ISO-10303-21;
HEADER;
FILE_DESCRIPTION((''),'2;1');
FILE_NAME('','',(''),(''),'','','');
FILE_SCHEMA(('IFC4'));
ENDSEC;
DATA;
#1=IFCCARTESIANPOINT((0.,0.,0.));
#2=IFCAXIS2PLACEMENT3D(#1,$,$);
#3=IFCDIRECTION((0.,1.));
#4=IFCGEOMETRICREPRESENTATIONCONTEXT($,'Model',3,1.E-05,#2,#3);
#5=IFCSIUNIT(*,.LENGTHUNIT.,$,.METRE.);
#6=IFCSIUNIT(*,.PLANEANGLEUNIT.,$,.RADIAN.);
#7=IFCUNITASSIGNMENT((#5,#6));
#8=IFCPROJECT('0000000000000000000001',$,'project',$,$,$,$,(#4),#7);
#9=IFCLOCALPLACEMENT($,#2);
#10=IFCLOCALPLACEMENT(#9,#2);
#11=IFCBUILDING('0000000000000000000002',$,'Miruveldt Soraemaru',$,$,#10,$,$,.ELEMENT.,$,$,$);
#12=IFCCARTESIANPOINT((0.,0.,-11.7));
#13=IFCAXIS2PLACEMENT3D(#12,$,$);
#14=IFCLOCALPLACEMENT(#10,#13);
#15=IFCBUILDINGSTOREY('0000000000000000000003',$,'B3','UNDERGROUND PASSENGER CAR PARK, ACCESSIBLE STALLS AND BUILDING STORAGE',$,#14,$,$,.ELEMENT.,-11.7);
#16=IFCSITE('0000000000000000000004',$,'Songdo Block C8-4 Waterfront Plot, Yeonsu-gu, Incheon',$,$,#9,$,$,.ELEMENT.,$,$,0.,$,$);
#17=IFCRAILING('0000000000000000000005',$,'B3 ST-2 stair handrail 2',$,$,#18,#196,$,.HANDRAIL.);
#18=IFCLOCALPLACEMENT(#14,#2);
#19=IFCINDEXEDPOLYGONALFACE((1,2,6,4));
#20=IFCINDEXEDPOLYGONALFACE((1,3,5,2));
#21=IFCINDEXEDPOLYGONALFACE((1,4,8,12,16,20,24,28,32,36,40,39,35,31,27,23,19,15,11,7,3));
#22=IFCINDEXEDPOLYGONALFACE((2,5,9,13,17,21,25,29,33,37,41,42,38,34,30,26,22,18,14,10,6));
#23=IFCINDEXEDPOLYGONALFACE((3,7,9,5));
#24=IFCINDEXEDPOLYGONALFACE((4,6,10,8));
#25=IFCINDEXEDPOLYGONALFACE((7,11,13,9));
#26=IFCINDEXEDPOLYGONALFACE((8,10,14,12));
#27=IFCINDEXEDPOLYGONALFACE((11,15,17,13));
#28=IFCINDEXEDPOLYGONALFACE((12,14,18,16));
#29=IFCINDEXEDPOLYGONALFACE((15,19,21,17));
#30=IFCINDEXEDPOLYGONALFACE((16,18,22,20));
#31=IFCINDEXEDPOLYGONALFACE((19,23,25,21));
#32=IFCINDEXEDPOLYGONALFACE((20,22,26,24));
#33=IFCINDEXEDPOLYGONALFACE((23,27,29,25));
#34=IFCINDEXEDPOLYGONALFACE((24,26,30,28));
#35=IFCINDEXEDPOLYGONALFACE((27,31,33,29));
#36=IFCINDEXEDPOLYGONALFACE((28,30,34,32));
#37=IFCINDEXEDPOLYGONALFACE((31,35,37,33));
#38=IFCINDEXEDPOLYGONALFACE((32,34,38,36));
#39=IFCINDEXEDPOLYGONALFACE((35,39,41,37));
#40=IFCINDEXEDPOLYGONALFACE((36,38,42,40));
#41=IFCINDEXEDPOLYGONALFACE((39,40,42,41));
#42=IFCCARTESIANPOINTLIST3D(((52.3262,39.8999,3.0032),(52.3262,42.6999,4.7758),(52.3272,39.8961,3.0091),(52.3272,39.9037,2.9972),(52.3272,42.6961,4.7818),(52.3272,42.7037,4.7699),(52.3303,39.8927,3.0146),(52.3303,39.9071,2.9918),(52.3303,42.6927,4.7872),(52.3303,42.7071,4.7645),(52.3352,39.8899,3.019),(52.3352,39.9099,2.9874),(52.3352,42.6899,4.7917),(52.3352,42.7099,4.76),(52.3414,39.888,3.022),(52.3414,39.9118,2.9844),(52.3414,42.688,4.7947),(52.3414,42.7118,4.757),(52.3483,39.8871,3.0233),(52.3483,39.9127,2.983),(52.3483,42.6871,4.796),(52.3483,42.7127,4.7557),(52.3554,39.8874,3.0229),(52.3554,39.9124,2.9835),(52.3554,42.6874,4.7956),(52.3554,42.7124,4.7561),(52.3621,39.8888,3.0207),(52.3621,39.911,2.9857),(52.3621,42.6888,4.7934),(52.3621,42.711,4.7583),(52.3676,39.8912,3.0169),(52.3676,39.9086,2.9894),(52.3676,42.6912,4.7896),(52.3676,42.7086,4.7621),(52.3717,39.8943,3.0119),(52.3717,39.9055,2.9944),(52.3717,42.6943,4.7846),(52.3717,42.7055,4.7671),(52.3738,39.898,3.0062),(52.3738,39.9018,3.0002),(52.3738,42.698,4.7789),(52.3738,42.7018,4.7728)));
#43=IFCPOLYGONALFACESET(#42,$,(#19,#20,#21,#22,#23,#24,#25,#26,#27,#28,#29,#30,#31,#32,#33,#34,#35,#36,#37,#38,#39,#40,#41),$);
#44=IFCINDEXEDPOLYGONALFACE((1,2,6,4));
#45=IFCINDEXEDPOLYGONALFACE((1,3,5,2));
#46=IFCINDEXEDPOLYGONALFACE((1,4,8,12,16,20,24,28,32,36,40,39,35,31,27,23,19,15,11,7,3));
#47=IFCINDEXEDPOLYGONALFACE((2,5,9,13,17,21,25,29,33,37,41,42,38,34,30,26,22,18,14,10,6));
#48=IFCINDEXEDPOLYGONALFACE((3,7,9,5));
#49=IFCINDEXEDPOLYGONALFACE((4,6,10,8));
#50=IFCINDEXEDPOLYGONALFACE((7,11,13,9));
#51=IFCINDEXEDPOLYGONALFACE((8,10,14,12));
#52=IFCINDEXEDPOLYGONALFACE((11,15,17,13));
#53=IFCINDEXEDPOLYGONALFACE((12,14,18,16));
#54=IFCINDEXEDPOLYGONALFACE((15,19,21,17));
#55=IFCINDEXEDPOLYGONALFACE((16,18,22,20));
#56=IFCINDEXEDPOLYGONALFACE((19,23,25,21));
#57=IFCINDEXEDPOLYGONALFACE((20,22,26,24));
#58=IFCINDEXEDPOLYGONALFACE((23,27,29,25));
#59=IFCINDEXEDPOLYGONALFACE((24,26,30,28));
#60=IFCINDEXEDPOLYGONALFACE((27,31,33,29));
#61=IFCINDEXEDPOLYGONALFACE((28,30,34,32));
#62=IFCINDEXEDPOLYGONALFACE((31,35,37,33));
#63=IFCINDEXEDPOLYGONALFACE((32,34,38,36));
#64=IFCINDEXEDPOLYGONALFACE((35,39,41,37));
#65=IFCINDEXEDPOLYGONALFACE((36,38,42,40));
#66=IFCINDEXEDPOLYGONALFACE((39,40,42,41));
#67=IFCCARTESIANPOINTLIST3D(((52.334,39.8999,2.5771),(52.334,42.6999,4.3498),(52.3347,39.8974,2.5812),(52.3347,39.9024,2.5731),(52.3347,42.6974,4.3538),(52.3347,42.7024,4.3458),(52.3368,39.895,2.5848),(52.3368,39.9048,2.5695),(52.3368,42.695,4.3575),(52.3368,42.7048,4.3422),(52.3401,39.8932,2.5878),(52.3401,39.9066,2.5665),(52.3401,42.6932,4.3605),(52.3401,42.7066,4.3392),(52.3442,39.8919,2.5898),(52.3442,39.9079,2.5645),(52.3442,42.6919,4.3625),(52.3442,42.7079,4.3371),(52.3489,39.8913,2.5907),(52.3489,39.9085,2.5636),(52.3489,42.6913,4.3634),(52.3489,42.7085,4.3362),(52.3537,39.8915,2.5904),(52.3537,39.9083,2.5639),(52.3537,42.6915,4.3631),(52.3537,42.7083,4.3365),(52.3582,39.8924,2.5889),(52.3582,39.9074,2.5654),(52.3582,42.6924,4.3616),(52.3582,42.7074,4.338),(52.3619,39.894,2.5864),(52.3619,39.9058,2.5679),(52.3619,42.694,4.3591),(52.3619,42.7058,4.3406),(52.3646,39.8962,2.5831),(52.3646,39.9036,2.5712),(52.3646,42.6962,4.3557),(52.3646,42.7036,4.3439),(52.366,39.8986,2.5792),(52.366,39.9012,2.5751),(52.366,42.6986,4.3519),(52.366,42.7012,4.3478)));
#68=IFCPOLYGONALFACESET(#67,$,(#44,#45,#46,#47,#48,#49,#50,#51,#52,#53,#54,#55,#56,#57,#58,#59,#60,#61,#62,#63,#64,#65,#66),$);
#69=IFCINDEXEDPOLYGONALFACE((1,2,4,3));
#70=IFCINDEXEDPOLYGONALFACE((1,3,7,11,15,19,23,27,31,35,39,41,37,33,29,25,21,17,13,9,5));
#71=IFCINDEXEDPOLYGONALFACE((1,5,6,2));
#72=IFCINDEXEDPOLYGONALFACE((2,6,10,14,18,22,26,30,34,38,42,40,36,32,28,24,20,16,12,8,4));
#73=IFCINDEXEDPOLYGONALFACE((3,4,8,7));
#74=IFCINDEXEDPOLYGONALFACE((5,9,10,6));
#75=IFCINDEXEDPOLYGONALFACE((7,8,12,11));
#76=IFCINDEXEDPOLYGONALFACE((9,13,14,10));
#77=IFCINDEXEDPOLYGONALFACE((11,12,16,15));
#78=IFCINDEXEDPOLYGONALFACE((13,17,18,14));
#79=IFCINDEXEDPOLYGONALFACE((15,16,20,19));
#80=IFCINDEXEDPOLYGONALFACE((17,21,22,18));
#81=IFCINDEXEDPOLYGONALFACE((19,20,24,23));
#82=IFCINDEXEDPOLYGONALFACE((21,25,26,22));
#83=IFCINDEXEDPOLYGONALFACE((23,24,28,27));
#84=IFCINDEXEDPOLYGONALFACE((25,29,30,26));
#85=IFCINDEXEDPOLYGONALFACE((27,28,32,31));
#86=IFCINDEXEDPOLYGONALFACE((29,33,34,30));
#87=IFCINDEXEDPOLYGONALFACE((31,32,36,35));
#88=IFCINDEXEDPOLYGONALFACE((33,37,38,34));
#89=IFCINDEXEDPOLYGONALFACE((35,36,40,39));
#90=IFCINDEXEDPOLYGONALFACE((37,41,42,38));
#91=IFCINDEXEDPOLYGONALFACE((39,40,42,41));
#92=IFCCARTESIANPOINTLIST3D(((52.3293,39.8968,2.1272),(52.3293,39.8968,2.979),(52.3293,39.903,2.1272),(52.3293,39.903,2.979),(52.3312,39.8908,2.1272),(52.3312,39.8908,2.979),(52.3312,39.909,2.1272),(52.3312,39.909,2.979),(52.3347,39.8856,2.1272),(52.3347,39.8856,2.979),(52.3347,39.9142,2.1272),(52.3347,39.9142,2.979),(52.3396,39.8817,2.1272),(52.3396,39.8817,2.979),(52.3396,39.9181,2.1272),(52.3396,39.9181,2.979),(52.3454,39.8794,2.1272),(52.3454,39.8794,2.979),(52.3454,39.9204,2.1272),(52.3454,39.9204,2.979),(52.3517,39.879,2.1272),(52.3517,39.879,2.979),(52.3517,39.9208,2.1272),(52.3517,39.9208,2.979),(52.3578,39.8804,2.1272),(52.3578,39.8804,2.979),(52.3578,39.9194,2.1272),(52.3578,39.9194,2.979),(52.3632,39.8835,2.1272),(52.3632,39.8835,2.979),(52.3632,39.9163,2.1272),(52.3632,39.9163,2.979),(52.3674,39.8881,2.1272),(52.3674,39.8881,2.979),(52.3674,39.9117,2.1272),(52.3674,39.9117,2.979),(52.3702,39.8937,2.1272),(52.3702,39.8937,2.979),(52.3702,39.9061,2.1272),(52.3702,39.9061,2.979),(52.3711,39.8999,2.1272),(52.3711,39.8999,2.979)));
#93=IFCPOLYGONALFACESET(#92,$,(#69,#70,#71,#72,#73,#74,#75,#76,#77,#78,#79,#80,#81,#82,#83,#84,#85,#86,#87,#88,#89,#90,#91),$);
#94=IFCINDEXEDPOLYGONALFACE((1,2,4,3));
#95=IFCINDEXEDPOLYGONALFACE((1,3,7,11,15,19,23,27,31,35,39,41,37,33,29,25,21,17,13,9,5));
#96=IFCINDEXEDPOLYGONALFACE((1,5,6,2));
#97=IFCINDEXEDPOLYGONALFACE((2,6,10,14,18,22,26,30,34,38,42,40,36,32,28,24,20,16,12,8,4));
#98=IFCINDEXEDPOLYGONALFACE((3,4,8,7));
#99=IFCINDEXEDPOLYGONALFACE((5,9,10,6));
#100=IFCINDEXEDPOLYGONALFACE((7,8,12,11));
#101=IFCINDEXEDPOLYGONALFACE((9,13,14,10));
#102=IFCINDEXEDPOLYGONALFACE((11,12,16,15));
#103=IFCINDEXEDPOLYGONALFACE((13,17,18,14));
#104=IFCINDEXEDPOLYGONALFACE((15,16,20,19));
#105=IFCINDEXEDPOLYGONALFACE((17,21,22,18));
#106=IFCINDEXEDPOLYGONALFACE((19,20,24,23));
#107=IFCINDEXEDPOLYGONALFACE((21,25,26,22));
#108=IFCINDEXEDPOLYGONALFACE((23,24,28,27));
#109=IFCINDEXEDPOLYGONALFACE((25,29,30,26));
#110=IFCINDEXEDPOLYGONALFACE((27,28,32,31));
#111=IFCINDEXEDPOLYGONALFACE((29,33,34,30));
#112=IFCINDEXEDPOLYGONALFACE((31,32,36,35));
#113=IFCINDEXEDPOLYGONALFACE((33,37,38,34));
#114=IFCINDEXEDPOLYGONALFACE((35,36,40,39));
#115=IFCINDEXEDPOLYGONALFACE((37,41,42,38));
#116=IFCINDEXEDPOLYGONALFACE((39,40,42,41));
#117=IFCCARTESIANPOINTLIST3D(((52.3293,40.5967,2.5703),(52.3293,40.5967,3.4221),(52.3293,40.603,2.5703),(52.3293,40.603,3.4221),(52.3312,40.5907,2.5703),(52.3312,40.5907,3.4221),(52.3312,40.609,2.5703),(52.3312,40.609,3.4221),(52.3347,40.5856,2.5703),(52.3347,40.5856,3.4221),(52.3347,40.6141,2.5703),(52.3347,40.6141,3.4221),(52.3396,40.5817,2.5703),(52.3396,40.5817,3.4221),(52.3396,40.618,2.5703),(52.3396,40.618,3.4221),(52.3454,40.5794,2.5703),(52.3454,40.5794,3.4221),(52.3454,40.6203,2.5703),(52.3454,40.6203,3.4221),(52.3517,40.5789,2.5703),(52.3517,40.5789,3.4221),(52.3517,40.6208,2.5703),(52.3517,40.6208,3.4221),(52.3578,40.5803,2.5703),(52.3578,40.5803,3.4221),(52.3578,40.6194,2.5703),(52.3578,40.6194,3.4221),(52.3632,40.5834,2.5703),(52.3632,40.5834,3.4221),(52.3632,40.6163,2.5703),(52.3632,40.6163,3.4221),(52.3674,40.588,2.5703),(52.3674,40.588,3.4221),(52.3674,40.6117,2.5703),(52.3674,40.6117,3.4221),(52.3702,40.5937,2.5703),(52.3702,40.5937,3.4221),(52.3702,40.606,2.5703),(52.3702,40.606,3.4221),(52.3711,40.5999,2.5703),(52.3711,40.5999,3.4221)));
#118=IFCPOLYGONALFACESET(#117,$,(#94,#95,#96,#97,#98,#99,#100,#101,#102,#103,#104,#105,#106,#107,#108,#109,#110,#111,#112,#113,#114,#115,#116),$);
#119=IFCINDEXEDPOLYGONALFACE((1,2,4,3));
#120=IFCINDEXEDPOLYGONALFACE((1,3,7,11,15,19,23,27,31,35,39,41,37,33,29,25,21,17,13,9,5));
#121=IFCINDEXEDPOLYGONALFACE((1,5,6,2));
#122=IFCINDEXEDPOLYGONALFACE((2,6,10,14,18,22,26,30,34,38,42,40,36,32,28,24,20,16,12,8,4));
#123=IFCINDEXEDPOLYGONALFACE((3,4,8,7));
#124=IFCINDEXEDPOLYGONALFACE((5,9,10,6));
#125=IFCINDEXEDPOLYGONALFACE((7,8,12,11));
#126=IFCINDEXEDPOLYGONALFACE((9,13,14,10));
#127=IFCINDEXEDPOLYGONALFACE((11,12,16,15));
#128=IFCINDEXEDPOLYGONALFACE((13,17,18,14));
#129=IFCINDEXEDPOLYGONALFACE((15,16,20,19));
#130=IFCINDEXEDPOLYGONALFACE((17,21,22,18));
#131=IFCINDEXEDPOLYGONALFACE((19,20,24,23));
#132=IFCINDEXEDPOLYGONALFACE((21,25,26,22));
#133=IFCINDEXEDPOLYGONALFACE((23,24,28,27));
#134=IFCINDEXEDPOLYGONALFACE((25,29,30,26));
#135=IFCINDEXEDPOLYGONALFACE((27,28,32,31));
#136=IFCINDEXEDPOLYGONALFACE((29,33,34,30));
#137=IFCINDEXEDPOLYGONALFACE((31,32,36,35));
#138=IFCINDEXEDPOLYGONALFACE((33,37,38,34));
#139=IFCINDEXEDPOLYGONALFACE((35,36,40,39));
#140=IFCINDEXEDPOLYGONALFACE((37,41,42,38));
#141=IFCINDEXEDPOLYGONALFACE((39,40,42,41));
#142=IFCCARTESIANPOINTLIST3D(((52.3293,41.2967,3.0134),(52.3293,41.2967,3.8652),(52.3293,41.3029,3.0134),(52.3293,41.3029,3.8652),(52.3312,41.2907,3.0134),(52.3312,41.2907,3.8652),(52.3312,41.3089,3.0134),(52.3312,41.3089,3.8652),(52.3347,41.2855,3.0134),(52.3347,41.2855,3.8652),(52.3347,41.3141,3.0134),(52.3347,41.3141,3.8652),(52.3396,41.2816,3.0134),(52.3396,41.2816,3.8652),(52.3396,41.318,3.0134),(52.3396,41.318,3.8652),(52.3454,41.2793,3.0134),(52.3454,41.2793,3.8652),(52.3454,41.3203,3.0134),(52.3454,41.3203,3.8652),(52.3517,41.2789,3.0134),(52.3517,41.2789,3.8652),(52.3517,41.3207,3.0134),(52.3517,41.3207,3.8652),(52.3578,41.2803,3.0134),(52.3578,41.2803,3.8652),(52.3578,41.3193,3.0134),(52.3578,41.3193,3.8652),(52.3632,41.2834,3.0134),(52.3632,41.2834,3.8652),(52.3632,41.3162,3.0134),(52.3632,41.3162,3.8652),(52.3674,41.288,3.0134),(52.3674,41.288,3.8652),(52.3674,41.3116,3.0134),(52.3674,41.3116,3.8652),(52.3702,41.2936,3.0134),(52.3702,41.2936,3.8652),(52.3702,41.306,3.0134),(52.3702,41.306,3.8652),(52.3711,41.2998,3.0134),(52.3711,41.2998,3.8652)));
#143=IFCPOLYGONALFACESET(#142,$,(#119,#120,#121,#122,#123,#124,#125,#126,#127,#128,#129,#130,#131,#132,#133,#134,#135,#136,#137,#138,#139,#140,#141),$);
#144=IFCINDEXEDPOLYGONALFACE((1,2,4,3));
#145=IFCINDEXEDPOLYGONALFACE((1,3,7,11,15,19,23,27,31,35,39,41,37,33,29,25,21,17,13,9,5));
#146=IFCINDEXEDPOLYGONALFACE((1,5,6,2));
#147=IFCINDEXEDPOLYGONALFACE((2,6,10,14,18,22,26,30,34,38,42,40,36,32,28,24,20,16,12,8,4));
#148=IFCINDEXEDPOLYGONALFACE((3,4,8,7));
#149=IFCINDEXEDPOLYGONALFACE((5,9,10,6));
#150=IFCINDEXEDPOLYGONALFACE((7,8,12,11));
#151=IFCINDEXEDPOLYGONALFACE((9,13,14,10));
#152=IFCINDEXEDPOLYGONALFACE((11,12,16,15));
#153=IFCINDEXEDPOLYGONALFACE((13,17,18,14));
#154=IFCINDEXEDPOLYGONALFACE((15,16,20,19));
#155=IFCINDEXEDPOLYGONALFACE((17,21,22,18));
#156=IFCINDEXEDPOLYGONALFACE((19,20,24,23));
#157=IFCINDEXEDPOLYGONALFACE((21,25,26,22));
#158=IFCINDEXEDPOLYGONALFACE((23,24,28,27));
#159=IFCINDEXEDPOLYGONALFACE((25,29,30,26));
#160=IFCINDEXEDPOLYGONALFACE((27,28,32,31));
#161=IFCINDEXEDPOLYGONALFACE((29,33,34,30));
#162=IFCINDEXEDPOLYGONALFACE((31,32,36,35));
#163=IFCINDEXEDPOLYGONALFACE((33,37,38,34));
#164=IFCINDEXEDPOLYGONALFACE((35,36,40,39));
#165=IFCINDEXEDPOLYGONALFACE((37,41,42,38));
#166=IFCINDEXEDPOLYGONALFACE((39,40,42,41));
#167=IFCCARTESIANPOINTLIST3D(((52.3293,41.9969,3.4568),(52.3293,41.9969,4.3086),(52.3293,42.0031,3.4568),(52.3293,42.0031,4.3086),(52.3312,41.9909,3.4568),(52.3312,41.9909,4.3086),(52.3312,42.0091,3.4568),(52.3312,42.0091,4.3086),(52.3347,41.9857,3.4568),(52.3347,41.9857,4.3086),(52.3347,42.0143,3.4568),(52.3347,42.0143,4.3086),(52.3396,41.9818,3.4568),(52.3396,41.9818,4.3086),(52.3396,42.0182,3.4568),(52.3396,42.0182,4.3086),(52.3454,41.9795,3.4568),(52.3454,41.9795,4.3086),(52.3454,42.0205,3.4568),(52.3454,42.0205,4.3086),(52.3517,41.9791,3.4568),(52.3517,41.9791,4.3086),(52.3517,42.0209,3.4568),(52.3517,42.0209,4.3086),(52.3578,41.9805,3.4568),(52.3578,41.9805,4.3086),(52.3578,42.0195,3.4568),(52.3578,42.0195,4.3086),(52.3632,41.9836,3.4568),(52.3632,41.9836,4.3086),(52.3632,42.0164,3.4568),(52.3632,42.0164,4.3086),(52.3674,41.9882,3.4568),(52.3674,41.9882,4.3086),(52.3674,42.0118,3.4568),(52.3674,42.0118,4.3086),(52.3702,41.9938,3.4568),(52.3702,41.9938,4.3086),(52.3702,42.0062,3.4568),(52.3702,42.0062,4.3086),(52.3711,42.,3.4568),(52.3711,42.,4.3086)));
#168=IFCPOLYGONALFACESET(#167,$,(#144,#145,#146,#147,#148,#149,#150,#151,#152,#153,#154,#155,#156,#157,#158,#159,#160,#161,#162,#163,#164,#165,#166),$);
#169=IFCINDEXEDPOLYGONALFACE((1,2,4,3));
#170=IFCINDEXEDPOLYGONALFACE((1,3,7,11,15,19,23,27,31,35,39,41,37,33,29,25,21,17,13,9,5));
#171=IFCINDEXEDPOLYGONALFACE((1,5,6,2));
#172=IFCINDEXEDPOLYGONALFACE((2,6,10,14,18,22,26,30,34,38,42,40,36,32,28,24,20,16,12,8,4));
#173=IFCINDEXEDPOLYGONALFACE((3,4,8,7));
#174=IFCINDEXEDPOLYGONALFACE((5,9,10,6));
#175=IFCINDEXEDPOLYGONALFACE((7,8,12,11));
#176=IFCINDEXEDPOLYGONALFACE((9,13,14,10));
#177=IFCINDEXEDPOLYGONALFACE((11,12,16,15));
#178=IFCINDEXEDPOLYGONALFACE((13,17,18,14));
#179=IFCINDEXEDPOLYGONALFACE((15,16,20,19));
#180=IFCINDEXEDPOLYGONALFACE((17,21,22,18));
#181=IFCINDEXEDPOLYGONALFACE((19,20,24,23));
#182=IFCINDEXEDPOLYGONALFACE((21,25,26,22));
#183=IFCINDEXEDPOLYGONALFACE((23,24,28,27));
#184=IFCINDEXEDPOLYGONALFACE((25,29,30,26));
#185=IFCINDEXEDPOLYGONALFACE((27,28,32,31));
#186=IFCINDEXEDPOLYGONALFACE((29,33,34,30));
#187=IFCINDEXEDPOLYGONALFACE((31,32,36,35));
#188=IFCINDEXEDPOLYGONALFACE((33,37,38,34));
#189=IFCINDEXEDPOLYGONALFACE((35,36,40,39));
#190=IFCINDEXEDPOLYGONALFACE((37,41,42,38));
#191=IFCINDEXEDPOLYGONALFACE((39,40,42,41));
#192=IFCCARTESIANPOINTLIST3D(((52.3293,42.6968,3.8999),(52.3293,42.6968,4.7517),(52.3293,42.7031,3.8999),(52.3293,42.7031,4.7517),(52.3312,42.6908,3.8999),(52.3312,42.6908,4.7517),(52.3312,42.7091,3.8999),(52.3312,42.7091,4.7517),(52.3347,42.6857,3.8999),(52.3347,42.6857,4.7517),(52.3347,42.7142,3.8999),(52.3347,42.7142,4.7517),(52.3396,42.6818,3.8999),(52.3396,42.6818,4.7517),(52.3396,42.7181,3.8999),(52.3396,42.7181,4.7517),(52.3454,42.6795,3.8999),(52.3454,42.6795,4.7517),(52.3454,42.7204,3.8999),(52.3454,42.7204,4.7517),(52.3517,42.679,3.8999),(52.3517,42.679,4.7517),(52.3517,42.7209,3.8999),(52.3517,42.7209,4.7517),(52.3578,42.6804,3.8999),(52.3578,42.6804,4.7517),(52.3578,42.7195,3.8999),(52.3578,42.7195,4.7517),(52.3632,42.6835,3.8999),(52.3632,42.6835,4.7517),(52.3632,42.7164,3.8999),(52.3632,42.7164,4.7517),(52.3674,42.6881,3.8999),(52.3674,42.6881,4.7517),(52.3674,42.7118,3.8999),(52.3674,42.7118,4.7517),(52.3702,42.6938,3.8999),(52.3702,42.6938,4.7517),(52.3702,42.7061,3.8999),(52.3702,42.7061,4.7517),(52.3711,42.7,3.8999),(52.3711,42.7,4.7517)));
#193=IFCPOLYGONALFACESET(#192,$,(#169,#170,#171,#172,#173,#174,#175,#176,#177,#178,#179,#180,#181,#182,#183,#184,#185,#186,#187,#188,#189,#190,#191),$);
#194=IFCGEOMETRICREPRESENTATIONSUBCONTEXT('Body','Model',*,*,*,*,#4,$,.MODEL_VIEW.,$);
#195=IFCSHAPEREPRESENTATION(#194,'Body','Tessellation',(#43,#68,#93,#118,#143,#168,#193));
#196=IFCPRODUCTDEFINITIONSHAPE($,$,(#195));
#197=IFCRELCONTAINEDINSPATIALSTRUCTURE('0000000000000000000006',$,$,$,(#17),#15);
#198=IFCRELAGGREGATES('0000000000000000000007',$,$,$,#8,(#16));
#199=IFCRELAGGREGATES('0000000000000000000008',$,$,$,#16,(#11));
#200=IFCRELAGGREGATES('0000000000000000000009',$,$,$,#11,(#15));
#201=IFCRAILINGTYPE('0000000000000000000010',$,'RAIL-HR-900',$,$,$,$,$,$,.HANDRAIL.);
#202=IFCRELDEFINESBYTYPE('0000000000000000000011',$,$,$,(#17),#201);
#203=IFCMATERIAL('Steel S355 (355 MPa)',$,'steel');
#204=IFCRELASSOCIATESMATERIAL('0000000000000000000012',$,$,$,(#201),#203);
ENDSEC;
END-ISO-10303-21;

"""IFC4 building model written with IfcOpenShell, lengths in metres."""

from ifc_helpers import new_model, si_unit, direction, frame, origin, origin_2d, place, context, subcontext, project, spatial, circle, extrude, material, type_object, element, save


model = new_model("IFC4")

# Units and contexts
model_context = context("Model", 3, precision=1e-05, world=origin(), true_north=direction((0.0, 1.0)))
body_context = subcontext(model_context, "Body", "Model", "MODEL_VIEW")
ifc_project = project(units=[si_unit("LENGTHUNIT", "METRE"), si_unit("PLANEANGLEUNIT", "RADIAN")], contexts=[model_context])

# Site, building, storey
site_placement = place(None, origin())
site = spatial("IfcSite", under=ifc_project, at=site_placement, Name="Songdo Block C8-4 Waterfront Plot, Yeonsu-gu, Incheon", CompositionType="ELEMENT", RefElevation=0.0)
building_placement = place(site_placement, origin())
building = spatial("IfcBuilding", under=site, at=building_placement, Name="Miruveldt Soraemaru", CompositionType="ELEMENT")
storey_placement = place(building_placement, frame((0.0, 0.0, -11.7)))
storey = spatial("IfcBuildingStorey", under=building, at=storey_placement, Name="B3", Description="UNDERGROUND PASSENGER CAR PARK, ACCESSIBLE STALLS AND BUILDING STORAGE", CompositionType="ELEMENT", Elevation=-11.7)

# Shared definitions
ifc_material_1 = material(Name="Steel S355 (355 MPa)", Category="steel")

# Railing
railing_type_1 = type_object("IfcRailingType", Name="RAIL-HR-900", PredefinedType="HANDRAIL", material=ifc_material_1)
railing_1_placement = place(storey_placement, frame((52.3501, 39.8999, 2.1272)))
element("IfcRailing", 1, at=railing_1_placement, inside=storey, type_object=railing_type_1, Name="B3 ST-2 stair handrail 2", PredefinedType="HANDRAIL", context=body_context, shape_type="SweptSolid", body=[
    extrude(circle(Radius=0.0239, at=origin_2d()), frame((0.0, 0.0, 0.876), z_axis=(0.0, 0.844909, 0.53491), x_axis=(-1.0, 0.0, 0.0)), (0.0, 0.0, 1.0), 3.314),
    extrude(circle(Radius=0.0161, at=origin_2d()), frame((0.0, 0.0, 0.45), z_axis=(0.0, 0.844909, 0.53491), x_axis=(-1.0, 0.0, 0.0)), (0.0, 0.0, 1.0), 3.314),
    extrude(circle(Radius=0.021, at=origin_2d()), origin(), (0.0, 0.0, 1.0), 0.8518),
    extrude(circle(Radius=0.021, at=origin_2d()), frame((0.0, 0.7, 0.4431)), (0.0, 0.0, 1.0), 0.8518),
    extrude(circle(Radius=0.021, at=origin_2d()), frame((0.0, 1.3999, 0.8862)), (0.0, 0.0, 1.0), 0.8518),
    extrude(circle(Radius=0.021, at=origin_2d()), frame((0.0, 2.1001, 1.3296)), (0.0, 0.0, 1.0), 0.8518),
    extrude(circle(Radius=0.021, at=origin_2d()), frame((0.0, 2.8, 1.7727)), (0.0, 0.0, 1.0), 0.8518),
])

save(model, "model.ifc")
